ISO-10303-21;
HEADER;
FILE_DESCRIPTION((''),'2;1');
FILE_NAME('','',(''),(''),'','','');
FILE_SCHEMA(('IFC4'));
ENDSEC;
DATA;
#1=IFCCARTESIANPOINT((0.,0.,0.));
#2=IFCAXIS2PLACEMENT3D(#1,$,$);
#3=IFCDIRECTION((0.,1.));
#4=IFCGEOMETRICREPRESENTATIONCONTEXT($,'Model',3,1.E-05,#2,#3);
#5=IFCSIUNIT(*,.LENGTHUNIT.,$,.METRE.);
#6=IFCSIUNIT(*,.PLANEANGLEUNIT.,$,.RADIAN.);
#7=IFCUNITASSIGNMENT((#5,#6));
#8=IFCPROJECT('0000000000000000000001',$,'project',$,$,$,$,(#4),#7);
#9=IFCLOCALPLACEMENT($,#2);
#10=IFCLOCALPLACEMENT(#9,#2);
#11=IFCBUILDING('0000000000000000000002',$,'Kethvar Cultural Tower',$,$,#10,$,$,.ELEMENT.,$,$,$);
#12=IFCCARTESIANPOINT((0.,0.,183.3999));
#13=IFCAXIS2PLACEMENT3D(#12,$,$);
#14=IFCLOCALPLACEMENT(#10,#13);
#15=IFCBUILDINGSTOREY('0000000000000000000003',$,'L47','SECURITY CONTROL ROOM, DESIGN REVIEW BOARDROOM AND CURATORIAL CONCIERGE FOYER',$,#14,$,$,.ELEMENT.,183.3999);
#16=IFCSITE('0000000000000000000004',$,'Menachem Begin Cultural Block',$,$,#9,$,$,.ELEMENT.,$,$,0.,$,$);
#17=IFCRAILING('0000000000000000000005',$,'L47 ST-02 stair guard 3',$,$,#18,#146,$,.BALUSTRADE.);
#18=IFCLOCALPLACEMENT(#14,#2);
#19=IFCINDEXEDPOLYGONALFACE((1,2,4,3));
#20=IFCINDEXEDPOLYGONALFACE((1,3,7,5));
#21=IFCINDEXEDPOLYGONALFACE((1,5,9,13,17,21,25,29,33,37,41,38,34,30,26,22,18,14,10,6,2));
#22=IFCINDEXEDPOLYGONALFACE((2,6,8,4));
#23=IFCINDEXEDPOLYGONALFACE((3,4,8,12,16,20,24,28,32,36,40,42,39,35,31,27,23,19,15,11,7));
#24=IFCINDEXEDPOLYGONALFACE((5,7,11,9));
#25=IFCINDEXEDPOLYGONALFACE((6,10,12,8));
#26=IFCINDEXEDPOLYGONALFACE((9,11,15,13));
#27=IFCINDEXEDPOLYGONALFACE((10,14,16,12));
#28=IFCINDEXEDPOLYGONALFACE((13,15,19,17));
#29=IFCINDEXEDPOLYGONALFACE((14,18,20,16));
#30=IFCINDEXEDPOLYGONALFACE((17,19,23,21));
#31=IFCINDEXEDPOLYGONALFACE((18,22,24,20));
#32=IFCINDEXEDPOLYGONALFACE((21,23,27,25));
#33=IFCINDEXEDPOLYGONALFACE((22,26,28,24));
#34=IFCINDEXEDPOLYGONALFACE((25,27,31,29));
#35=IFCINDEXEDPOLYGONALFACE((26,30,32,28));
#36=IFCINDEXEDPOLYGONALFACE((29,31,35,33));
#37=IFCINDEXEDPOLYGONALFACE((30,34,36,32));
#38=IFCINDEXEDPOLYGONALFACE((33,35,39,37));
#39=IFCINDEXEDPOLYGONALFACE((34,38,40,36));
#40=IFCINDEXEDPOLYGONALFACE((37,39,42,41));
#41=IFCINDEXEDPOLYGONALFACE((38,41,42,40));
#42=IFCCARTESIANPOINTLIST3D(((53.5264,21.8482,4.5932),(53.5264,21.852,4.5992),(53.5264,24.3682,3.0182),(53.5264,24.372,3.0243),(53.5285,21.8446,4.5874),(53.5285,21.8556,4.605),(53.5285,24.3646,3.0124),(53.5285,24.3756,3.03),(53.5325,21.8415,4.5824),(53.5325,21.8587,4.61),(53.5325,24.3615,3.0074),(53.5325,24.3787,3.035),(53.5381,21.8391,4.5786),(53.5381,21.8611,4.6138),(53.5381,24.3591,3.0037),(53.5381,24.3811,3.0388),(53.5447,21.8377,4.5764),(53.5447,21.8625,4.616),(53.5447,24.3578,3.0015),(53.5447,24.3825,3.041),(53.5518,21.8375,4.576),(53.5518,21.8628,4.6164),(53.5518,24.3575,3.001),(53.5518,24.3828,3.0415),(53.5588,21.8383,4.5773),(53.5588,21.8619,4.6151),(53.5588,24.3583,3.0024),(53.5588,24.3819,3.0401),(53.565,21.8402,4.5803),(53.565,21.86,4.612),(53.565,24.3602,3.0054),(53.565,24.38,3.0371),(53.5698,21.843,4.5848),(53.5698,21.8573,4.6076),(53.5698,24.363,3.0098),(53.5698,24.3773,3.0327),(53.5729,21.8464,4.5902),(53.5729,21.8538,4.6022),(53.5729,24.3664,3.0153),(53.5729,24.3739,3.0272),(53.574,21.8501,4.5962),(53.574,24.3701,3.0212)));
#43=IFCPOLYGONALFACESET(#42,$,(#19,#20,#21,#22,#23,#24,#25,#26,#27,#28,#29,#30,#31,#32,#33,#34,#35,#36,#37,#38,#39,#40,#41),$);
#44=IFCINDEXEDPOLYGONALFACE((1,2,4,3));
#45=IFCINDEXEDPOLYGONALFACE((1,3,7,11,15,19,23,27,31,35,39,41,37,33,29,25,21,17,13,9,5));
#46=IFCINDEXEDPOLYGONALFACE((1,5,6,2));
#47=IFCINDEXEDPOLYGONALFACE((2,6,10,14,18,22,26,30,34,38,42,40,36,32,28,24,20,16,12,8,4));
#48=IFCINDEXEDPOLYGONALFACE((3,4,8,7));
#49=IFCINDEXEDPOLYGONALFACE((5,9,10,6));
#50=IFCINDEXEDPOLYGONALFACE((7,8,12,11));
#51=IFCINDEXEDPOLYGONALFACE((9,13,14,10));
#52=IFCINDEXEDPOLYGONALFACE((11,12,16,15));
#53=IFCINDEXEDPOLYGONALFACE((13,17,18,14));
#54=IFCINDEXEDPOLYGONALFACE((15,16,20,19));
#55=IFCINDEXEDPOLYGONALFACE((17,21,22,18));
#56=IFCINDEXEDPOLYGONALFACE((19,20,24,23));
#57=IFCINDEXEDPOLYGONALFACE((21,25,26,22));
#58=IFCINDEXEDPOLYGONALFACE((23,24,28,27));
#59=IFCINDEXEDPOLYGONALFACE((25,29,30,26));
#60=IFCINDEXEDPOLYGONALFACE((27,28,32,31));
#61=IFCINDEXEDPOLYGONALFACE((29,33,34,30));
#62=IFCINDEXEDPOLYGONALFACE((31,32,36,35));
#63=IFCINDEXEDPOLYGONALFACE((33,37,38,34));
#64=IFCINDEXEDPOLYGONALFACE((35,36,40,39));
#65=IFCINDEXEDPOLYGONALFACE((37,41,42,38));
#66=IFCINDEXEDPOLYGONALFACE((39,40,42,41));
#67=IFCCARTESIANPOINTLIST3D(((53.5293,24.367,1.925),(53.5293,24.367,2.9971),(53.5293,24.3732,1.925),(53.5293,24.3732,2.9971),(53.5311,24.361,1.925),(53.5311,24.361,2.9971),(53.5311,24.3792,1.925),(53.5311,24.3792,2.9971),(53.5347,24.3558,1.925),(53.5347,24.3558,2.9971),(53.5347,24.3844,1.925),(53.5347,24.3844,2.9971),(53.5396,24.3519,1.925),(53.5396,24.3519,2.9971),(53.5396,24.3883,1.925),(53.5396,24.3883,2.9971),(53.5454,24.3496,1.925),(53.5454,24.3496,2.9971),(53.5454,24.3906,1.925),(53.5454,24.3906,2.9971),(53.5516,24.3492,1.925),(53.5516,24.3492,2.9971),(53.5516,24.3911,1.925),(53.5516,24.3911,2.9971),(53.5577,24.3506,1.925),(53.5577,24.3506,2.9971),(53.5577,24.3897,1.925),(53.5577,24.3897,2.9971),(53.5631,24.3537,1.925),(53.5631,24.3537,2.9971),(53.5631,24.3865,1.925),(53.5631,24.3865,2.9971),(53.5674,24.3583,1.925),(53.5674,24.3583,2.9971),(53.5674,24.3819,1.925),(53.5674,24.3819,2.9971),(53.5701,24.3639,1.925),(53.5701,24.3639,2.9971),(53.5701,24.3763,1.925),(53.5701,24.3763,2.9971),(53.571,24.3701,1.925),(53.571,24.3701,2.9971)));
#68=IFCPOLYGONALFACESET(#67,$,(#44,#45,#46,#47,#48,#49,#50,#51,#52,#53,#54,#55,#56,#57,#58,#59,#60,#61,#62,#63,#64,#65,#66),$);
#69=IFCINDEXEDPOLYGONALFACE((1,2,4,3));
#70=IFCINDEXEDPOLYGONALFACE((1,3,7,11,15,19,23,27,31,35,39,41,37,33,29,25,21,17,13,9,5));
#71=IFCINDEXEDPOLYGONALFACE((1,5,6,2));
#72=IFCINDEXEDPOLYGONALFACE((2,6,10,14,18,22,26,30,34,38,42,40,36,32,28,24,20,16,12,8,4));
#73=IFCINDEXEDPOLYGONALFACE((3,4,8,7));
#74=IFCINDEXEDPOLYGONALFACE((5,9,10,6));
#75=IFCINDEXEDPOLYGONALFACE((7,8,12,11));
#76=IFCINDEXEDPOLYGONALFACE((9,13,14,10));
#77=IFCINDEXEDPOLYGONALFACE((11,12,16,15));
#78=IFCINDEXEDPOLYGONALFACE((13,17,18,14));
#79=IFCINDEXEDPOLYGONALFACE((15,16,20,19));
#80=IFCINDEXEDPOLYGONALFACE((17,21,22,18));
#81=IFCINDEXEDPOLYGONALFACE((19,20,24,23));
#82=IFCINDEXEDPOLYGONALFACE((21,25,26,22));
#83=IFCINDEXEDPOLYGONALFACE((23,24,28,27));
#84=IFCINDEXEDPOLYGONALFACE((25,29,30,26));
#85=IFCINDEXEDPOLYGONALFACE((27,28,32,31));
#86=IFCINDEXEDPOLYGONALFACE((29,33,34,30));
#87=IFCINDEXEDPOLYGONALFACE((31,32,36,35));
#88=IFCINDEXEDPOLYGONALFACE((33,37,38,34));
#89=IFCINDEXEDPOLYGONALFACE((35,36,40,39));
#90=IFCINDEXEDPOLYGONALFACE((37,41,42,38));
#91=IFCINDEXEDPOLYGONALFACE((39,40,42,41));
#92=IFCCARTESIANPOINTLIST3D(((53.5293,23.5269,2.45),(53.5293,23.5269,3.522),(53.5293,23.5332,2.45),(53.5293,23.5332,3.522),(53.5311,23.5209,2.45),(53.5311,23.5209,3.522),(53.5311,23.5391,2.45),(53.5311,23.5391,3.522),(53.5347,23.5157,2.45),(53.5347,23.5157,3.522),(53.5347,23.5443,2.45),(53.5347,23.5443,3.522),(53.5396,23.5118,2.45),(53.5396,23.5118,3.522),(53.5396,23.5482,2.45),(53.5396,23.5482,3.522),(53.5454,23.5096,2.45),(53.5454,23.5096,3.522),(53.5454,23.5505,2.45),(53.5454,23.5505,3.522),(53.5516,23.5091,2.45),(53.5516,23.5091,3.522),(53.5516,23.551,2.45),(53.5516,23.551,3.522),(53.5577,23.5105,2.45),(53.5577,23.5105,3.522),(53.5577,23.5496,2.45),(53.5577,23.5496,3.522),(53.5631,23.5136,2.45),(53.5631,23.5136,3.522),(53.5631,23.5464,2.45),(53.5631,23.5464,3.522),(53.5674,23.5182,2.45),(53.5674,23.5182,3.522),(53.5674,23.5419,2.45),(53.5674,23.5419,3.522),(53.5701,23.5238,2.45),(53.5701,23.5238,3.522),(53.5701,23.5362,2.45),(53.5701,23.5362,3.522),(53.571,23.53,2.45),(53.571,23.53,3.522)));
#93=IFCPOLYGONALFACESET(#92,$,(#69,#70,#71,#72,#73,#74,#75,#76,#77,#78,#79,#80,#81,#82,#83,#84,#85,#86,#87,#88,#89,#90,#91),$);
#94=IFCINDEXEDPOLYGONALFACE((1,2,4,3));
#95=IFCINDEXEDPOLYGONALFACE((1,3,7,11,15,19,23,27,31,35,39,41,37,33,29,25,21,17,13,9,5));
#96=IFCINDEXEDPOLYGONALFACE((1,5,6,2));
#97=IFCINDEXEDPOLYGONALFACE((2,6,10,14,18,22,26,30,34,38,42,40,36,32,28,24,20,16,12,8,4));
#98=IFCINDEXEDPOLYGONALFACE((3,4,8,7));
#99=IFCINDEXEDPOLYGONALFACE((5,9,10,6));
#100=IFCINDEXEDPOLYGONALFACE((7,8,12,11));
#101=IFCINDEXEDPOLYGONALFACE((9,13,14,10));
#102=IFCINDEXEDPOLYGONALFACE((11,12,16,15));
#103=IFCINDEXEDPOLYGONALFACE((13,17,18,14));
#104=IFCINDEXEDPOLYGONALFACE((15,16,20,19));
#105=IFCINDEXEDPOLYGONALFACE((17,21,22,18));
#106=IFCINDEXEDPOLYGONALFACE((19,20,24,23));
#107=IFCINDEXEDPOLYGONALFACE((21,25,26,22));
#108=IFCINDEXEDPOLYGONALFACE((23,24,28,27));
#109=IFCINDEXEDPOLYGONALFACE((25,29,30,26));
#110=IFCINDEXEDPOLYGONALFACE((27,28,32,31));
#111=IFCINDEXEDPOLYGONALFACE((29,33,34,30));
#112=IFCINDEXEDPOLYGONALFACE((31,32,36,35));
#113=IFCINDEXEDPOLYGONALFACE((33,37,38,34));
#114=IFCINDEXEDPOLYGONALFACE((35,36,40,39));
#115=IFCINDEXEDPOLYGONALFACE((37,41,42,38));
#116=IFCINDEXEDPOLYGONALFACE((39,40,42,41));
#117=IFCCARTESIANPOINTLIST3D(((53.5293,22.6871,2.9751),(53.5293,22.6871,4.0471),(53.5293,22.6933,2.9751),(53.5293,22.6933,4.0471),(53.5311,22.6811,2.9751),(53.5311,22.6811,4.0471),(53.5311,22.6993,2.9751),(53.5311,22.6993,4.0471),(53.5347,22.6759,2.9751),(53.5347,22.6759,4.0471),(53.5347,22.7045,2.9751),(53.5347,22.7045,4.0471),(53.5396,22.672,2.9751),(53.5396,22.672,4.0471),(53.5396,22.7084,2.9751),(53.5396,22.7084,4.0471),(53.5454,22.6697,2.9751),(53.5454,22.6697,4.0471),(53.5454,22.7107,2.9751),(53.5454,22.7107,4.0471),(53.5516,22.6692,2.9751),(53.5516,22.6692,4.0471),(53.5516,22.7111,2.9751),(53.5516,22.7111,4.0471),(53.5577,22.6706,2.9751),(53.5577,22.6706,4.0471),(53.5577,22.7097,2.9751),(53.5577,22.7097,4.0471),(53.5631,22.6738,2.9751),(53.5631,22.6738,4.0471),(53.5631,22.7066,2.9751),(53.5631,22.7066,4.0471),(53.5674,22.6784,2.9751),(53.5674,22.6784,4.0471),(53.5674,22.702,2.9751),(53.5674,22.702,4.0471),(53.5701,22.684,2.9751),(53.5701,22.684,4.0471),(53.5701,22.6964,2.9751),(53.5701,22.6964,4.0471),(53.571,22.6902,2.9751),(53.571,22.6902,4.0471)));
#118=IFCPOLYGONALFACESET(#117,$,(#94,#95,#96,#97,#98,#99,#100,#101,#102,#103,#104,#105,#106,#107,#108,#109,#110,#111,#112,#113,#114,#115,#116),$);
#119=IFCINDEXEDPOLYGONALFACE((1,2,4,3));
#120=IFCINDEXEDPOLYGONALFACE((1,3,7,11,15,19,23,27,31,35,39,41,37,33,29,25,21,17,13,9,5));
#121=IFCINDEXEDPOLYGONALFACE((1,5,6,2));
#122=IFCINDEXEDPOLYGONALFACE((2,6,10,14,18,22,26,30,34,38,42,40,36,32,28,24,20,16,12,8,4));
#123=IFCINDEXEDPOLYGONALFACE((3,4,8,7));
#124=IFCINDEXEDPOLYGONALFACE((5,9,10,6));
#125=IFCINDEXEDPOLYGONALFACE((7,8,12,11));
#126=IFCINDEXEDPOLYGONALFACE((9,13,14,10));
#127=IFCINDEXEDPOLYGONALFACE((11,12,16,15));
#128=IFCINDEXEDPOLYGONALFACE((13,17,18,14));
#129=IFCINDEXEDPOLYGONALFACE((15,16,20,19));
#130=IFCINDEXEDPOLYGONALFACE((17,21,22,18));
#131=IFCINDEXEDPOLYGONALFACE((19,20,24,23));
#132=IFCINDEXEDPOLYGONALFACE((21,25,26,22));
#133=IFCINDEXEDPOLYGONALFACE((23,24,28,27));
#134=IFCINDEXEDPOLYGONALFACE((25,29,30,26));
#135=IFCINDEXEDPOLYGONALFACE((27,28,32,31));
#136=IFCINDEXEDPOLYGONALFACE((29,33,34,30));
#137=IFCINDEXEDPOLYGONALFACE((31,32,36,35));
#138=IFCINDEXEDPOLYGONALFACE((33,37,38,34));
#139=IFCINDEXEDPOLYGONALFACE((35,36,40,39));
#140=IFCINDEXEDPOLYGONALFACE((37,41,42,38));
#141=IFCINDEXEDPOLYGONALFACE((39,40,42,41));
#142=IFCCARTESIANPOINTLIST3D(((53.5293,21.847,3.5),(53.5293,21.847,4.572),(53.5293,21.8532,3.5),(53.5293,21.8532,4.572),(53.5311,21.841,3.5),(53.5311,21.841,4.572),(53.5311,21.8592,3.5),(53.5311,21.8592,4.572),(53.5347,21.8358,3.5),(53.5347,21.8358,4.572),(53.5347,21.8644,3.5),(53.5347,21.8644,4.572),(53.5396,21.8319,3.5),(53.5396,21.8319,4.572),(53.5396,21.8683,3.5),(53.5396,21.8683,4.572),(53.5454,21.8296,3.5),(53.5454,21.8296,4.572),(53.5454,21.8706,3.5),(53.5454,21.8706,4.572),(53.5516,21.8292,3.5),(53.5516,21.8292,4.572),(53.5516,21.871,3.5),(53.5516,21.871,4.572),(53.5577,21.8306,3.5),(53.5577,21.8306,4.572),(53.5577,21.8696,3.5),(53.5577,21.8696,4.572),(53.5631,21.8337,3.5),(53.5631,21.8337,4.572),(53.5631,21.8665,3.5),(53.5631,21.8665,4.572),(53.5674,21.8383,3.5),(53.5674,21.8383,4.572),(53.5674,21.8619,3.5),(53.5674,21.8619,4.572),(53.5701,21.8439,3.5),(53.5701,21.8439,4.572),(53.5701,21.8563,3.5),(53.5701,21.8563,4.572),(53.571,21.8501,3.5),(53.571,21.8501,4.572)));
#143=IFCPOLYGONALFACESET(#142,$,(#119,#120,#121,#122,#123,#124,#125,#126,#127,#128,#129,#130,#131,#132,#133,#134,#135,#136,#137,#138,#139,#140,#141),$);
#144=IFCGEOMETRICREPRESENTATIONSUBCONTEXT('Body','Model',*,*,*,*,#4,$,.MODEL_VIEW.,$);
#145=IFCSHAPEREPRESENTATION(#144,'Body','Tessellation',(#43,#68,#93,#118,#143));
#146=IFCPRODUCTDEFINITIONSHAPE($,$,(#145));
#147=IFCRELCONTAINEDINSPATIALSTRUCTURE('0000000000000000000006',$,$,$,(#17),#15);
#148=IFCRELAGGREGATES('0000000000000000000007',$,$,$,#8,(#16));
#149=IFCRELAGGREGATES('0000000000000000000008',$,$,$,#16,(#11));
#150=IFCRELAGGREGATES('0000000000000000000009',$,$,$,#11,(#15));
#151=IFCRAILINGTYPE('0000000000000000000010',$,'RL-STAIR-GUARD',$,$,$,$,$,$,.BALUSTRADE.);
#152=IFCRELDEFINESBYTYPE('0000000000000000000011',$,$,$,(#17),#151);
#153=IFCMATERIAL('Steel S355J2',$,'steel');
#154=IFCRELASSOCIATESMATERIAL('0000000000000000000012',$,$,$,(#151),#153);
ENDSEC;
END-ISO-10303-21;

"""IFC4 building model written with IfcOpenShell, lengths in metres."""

from ifc_helpers import new_model, si_unit, direction, frame, origin, origin_2d, place, context, subcontext, project, spatial, circle, extrude, material, type_object, element, save


model = new_model("IFC4")

# Units and contexts
model_context = context("Model", 3, precision=1e-05, world=origin(), true_north=direction((0.0, 1.0)))
body_context = subcontext(model_context, "Body", "Model", "MODEL_VIEW")
ifc_project = project(units=[si_unit("LENGTHUNIT", "METRE"), si_unit("PLANEANGLEUNIT", "RADIAN")], contexts=[model_context])

# Site, building, storey
site_placement = place(None, origin())
site = spatial("IfcSite", under=ifc_project, at=site_placement, Name="Menachem Begin Cultural Block", CompositionType="ELEMENT", RefElevation=0.0)
building_placement = place(site_placement, origin())
building = spatial("IfcBuilding", under=site, at=building_placement, Name="Kethvar Cultural Tower", CompositionType="ELEMENT")
storey_placement = place(building_placement, frame((0.0, 0.0, 183.3999)))
storey = spatial("IfcBuildingStorey", under=building, at=storey_placement, Name="L47", Description="SECURITY CONTROL ROOM, DESIGN REVIEW BOARDROOM AND CURATORIAL CONCIERGE FOYER", CompositionType="ELEMENT", Elevation=183.3999)

# Shared definitions
ifc_material_1 = material(Name="Steel S355J2", Category="steel")

# Railing
railing_type_1 = type_object("IfcRailingType", Name="RL-STAIR-GUARD", PredefinedType="BALUSTRADE", material=ifc_material_1)
railing_1_placement = place(storey_placement, frame((53.55, 24.3701, 1.925)))
element("IfcRailing", 1, at=railing_1_placement, inside=storey, type_object=railing_type_1, Name="L47 ST-02 stair guard 3", PredefinedType="BALUSTRADE", context=body_context, shape_type="SweptSolid", body=[
    extrude(circle(Radius=0.0239, at=origin_2d()), frame((0.0, 0.0, 1.0962), z_axis=(0.0, -0.848008, 0.529984), x_axis=(1.0, 0.0, 0.0)), (0.0, 0.0, 1.0), 2.9717),
    extrude(circle(Radius=0.021, at=origin_2d()), origin(), (0.0, 0.0, 1.0), 1.072),
    extrude(circle(Radius=0.021, at=origin_2d()), frame((0.0, -0.8401, 0.5249)), (0.0, 0.0, 1.0), 1.072),
    extrude(circle(Radius=0.021, at=origin_2d()), frame((0.0, -1.6799, 1.05)), (0.0, 0.0, 1.0), 1.072),
    extrude(circle(Radius=0.021, at=origin_2d()), frame((0.0, -2.52, 1.575)), (0.0, 0.0, 1.0), 1.072),
])

save(model, "model.ifc")
